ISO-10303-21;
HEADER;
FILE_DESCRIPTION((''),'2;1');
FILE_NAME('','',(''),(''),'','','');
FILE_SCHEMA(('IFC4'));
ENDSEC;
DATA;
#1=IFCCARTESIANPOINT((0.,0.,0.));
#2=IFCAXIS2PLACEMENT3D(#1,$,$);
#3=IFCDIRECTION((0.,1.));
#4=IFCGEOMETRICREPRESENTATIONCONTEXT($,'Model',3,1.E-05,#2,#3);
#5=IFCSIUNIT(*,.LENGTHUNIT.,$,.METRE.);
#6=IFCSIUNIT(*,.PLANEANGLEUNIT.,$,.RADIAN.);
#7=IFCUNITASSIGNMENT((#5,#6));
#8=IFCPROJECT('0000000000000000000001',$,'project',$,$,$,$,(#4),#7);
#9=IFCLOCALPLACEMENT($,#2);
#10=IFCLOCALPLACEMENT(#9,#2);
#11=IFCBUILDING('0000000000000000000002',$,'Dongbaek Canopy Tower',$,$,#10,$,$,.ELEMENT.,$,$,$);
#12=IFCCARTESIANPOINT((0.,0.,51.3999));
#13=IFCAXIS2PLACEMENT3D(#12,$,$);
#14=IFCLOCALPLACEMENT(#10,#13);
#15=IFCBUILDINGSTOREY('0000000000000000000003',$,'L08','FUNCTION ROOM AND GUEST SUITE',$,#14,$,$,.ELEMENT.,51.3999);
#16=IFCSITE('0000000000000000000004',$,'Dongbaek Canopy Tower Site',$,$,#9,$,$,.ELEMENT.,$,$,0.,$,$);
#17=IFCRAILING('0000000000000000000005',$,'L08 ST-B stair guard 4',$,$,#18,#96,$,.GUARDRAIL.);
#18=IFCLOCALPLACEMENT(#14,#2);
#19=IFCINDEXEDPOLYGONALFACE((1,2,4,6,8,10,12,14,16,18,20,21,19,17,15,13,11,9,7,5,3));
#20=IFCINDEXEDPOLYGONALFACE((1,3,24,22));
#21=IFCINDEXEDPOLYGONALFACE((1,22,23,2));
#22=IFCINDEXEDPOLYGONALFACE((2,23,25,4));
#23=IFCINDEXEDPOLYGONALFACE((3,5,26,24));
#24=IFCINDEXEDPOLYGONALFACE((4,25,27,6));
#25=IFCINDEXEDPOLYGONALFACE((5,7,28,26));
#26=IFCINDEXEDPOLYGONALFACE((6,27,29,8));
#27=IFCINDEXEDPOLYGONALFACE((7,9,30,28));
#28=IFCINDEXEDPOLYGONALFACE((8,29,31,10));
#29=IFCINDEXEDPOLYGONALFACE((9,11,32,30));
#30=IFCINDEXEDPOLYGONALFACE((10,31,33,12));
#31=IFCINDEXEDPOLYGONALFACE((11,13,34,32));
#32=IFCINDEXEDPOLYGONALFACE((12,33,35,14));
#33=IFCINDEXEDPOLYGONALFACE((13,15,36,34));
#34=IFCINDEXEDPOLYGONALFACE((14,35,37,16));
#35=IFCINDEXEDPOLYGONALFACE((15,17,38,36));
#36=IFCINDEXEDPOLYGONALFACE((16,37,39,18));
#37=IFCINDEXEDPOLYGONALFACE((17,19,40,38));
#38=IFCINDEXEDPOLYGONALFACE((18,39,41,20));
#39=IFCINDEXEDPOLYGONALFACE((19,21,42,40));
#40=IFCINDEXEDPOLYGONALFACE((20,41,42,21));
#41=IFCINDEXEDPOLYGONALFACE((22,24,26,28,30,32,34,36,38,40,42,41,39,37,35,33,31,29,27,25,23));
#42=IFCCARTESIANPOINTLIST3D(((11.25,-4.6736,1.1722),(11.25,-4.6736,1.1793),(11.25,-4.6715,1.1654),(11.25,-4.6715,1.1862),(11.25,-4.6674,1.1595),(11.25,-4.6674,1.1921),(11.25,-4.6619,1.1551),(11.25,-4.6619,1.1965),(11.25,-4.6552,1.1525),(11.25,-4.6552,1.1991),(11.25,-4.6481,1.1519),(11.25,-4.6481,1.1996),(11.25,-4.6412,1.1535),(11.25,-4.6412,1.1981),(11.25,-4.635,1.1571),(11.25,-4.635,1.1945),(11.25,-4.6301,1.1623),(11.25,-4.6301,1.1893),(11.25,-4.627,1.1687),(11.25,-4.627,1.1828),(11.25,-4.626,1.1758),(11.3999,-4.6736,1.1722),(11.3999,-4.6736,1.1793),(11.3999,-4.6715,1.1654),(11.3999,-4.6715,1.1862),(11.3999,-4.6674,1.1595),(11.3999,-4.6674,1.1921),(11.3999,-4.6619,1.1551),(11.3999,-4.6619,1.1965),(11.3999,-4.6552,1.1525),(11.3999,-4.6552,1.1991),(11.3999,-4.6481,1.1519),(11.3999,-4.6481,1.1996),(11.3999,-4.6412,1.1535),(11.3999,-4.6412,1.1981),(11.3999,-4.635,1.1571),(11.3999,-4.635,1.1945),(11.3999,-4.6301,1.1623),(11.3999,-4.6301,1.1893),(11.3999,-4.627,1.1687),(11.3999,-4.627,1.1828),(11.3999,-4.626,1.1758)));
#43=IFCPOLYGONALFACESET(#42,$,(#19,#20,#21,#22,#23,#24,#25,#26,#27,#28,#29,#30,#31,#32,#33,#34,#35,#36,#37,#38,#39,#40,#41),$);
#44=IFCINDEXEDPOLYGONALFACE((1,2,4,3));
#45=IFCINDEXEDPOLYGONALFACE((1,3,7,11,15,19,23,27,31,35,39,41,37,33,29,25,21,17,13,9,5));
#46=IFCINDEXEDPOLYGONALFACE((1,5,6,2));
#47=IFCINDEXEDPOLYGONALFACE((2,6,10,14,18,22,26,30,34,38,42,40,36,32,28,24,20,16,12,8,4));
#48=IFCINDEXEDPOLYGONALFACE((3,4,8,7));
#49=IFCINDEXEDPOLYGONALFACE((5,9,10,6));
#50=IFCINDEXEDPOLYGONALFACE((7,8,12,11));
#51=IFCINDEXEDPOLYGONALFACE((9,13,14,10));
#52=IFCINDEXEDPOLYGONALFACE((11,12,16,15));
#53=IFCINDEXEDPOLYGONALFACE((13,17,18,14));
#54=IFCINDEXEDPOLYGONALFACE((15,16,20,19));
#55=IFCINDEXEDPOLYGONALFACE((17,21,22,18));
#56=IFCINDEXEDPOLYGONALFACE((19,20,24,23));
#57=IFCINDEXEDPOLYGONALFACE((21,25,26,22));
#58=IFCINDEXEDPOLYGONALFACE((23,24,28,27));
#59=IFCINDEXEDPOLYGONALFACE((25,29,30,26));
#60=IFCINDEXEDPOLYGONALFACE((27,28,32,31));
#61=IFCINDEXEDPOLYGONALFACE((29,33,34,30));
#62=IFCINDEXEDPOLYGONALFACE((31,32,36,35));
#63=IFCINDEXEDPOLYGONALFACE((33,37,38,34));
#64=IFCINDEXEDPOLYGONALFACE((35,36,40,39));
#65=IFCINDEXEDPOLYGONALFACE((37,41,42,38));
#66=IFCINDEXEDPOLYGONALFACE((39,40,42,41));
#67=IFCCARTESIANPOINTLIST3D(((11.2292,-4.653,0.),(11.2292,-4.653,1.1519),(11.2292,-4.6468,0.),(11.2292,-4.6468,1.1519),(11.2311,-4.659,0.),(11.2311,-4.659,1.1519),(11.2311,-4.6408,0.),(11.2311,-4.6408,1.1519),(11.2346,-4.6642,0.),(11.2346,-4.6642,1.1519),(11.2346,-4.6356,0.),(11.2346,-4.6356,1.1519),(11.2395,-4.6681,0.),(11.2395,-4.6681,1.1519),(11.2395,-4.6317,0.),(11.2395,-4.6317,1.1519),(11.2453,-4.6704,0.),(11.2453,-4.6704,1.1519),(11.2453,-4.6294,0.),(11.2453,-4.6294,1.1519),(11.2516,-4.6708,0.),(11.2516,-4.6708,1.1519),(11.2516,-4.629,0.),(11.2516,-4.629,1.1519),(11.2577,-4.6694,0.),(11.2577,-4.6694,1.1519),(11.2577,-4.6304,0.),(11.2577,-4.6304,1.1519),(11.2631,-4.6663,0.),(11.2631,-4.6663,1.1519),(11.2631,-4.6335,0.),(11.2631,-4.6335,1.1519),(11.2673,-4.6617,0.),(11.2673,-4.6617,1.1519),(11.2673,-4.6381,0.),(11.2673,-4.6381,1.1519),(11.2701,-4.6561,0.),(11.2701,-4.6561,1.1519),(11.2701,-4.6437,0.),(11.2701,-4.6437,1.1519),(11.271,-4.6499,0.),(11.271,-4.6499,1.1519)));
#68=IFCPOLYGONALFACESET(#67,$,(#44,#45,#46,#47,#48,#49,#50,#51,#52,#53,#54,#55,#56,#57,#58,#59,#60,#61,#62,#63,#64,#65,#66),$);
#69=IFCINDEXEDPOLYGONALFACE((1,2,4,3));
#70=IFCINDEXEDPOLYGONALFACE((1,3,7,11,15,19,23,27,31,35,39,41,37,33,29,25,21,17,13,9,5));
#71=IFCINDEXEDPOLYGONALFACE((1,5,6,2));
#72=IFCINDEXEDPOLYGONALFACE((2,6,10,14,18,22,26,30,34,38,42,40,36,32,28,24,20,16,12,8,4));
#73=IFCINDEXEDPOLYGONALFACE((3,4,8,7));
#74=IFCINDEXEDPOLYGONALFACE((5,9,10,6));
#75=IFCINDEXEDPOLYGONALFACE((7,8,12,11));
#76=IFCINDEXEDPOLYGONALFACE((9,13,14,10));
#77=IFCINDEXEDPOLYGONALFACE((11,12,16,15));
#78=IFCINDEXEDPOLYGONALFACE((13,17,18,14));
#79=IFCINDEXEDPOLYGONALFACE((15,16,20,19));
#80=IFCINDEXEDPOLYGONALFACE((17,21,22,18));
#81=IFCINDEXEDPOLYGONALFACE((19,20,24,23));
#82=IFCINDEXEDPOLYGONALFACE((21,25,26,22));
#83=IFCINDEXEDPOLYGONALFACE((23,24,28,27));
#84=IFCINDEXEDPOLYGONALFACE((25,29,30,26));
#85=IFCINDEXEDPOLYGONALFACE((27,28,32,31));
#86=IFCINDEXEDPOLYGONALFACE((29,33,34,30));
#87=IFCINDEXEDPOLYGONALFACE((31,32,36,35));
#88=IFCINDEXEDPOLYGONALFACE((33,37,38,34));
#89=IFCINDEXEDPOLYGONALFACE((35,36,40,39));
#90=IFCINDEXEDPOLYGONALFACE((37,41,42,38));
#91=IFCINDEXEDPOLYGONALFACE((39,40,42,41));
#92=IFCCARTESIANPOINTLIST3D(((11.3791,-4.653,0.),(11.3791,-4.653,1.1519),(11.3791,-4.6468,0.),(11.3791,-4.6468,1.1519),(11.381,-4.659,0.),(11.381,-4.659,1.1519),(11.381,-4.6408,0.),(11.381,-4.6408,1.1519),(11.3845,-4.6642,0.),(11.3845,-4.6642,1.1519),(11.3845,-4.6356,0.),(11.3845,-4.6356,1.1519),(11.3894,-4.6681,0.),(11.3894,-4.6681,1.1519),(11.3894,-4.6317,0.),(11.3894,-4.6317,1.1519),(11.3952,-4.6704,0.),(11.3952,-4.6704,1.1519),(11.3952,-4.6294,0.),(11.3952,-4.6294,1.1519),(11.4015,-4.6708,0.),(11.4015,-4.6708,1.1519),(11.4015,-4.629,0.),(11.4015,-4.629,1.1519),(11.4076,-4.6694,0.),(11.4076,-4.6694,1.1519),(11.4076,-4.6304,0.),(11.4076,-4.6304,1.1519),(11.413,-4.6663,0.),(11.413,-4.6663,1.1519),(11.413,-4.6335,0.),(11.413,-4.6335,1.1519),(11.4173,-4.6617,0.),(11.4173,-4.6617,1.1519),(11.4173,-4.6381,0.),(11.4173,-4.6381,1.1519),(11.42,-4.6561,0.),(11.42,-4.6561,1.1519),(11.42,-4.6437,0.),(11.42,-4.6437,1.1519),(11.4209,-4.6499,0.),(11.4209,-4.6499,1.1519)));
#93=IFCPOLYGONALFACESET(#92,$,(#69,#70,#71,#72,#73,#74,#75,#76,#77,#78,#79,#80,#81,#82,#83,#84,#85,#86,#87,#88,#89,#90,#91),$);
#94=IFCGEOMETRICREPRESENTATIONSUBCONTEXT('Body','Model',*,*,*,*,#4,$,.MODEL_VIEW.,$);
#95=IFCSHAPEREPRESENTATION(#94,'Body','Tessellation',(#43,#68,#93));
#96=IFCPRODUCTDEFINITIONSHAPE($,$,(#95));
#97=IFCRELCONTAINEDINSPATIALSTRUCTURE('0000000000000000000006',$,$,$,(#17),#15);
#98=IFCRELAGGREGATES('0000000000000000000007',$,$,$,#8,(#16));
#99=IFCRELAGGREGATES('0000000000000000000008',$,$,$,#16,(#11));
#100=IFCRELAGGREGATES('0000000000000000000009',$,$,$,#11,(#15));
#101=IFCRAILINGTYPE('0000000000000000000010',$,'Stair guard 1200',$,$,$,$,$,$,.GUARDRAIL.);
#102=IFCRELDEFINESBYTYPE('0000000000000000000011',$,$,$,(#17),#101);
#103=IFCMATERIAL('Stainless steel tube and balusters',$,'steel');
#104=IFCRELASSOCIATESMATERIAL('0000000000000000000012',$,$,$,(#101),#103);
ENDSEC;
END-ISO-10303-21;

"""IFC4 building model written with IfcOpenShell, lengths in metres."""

from ifc_helpers import new_model, si_unit, direction, frame, origin, origin_2d, place, context, subcontext, project, spatial, circle, extrude, material, type_object, element, save


model = new_model("IFC4")

# Units and contexts
model_context = context("Model", 3, precision=1e-05, world=origin(), true_north=direction((0.0, 1.0)))
body_context = subcontext(model_context, "Body", "Model", "MODEL_VIEW")
ifc_project = project(units=[si_unit("LENGTHUNIT", "METRE"), si_unit("PLANEANGLEUNIT", "RADIAN")], contexts=[model_context])

# Site, building, storey
site_placement = place(None, origin())
site = spatial("IfcSite", under=ifc_project, at=site_placement, Name="Dongbaek Canopy Tower Site", CompositionType="ELEMENT", RefElevation=0.0)
building_placement = place(site_placement, origin())
building = spatial("IfcBuilding", under=site, at=building_placement, Name="Dongbaek Canopy Tower", CompositionType="ELEMENT")
storey_placement = place(building_placement, frame((0.0, 0.0, 51.3999)))
storey = spatial("IfcBuildingStorey", under=building, at=storey_placement, Name="L08", Description="FUNCTION ROOM AND GUEST SUITE", CompositionType="ELEMENT", Elevation=51.3999)

# Railing
ifc_material_1 = material(Name="Stainless steel tube and balusters", Category="steel")
railing_type_1 = type_object("IfcRailingType", Name="Stair guard 1200", PredefinedType="GUARDRAIL", material=ifc_material_1)
railing_1_placement = place(storey_placement, frame((11.25, -4.6499, 0.0)))
element("IfcRailing", 1, at=railing_1_placement, inside=storey, type_object=railing_type_1, Name="L08 ST-B stair guard 4", PredefinedType="GUARDRAIL", context=body_context, shape_type="SweptSolid", body=[
    extrude(circle(Radius=0.0239, at=origin_2d()), frame((0.0, 0.0, 1.1758), z_axis=(1.0, 0.0, 0.0), x_axis=(0.0, 1.0, 0.0)), (0.0, 0.0, 1.0), 0.1499),
    extrude(circle(Radius=0.021, at=origin_2d()), origin(), (0.0, 0.0, 1.0), 1.1519),
    extrude(circle(Radius=0.021, at=origin_2d()), frame((0.1499, 0.0, 0.0)), (0.0, 0.0, 1.0), 1.1519),
])

save(model, "model.ifc")
